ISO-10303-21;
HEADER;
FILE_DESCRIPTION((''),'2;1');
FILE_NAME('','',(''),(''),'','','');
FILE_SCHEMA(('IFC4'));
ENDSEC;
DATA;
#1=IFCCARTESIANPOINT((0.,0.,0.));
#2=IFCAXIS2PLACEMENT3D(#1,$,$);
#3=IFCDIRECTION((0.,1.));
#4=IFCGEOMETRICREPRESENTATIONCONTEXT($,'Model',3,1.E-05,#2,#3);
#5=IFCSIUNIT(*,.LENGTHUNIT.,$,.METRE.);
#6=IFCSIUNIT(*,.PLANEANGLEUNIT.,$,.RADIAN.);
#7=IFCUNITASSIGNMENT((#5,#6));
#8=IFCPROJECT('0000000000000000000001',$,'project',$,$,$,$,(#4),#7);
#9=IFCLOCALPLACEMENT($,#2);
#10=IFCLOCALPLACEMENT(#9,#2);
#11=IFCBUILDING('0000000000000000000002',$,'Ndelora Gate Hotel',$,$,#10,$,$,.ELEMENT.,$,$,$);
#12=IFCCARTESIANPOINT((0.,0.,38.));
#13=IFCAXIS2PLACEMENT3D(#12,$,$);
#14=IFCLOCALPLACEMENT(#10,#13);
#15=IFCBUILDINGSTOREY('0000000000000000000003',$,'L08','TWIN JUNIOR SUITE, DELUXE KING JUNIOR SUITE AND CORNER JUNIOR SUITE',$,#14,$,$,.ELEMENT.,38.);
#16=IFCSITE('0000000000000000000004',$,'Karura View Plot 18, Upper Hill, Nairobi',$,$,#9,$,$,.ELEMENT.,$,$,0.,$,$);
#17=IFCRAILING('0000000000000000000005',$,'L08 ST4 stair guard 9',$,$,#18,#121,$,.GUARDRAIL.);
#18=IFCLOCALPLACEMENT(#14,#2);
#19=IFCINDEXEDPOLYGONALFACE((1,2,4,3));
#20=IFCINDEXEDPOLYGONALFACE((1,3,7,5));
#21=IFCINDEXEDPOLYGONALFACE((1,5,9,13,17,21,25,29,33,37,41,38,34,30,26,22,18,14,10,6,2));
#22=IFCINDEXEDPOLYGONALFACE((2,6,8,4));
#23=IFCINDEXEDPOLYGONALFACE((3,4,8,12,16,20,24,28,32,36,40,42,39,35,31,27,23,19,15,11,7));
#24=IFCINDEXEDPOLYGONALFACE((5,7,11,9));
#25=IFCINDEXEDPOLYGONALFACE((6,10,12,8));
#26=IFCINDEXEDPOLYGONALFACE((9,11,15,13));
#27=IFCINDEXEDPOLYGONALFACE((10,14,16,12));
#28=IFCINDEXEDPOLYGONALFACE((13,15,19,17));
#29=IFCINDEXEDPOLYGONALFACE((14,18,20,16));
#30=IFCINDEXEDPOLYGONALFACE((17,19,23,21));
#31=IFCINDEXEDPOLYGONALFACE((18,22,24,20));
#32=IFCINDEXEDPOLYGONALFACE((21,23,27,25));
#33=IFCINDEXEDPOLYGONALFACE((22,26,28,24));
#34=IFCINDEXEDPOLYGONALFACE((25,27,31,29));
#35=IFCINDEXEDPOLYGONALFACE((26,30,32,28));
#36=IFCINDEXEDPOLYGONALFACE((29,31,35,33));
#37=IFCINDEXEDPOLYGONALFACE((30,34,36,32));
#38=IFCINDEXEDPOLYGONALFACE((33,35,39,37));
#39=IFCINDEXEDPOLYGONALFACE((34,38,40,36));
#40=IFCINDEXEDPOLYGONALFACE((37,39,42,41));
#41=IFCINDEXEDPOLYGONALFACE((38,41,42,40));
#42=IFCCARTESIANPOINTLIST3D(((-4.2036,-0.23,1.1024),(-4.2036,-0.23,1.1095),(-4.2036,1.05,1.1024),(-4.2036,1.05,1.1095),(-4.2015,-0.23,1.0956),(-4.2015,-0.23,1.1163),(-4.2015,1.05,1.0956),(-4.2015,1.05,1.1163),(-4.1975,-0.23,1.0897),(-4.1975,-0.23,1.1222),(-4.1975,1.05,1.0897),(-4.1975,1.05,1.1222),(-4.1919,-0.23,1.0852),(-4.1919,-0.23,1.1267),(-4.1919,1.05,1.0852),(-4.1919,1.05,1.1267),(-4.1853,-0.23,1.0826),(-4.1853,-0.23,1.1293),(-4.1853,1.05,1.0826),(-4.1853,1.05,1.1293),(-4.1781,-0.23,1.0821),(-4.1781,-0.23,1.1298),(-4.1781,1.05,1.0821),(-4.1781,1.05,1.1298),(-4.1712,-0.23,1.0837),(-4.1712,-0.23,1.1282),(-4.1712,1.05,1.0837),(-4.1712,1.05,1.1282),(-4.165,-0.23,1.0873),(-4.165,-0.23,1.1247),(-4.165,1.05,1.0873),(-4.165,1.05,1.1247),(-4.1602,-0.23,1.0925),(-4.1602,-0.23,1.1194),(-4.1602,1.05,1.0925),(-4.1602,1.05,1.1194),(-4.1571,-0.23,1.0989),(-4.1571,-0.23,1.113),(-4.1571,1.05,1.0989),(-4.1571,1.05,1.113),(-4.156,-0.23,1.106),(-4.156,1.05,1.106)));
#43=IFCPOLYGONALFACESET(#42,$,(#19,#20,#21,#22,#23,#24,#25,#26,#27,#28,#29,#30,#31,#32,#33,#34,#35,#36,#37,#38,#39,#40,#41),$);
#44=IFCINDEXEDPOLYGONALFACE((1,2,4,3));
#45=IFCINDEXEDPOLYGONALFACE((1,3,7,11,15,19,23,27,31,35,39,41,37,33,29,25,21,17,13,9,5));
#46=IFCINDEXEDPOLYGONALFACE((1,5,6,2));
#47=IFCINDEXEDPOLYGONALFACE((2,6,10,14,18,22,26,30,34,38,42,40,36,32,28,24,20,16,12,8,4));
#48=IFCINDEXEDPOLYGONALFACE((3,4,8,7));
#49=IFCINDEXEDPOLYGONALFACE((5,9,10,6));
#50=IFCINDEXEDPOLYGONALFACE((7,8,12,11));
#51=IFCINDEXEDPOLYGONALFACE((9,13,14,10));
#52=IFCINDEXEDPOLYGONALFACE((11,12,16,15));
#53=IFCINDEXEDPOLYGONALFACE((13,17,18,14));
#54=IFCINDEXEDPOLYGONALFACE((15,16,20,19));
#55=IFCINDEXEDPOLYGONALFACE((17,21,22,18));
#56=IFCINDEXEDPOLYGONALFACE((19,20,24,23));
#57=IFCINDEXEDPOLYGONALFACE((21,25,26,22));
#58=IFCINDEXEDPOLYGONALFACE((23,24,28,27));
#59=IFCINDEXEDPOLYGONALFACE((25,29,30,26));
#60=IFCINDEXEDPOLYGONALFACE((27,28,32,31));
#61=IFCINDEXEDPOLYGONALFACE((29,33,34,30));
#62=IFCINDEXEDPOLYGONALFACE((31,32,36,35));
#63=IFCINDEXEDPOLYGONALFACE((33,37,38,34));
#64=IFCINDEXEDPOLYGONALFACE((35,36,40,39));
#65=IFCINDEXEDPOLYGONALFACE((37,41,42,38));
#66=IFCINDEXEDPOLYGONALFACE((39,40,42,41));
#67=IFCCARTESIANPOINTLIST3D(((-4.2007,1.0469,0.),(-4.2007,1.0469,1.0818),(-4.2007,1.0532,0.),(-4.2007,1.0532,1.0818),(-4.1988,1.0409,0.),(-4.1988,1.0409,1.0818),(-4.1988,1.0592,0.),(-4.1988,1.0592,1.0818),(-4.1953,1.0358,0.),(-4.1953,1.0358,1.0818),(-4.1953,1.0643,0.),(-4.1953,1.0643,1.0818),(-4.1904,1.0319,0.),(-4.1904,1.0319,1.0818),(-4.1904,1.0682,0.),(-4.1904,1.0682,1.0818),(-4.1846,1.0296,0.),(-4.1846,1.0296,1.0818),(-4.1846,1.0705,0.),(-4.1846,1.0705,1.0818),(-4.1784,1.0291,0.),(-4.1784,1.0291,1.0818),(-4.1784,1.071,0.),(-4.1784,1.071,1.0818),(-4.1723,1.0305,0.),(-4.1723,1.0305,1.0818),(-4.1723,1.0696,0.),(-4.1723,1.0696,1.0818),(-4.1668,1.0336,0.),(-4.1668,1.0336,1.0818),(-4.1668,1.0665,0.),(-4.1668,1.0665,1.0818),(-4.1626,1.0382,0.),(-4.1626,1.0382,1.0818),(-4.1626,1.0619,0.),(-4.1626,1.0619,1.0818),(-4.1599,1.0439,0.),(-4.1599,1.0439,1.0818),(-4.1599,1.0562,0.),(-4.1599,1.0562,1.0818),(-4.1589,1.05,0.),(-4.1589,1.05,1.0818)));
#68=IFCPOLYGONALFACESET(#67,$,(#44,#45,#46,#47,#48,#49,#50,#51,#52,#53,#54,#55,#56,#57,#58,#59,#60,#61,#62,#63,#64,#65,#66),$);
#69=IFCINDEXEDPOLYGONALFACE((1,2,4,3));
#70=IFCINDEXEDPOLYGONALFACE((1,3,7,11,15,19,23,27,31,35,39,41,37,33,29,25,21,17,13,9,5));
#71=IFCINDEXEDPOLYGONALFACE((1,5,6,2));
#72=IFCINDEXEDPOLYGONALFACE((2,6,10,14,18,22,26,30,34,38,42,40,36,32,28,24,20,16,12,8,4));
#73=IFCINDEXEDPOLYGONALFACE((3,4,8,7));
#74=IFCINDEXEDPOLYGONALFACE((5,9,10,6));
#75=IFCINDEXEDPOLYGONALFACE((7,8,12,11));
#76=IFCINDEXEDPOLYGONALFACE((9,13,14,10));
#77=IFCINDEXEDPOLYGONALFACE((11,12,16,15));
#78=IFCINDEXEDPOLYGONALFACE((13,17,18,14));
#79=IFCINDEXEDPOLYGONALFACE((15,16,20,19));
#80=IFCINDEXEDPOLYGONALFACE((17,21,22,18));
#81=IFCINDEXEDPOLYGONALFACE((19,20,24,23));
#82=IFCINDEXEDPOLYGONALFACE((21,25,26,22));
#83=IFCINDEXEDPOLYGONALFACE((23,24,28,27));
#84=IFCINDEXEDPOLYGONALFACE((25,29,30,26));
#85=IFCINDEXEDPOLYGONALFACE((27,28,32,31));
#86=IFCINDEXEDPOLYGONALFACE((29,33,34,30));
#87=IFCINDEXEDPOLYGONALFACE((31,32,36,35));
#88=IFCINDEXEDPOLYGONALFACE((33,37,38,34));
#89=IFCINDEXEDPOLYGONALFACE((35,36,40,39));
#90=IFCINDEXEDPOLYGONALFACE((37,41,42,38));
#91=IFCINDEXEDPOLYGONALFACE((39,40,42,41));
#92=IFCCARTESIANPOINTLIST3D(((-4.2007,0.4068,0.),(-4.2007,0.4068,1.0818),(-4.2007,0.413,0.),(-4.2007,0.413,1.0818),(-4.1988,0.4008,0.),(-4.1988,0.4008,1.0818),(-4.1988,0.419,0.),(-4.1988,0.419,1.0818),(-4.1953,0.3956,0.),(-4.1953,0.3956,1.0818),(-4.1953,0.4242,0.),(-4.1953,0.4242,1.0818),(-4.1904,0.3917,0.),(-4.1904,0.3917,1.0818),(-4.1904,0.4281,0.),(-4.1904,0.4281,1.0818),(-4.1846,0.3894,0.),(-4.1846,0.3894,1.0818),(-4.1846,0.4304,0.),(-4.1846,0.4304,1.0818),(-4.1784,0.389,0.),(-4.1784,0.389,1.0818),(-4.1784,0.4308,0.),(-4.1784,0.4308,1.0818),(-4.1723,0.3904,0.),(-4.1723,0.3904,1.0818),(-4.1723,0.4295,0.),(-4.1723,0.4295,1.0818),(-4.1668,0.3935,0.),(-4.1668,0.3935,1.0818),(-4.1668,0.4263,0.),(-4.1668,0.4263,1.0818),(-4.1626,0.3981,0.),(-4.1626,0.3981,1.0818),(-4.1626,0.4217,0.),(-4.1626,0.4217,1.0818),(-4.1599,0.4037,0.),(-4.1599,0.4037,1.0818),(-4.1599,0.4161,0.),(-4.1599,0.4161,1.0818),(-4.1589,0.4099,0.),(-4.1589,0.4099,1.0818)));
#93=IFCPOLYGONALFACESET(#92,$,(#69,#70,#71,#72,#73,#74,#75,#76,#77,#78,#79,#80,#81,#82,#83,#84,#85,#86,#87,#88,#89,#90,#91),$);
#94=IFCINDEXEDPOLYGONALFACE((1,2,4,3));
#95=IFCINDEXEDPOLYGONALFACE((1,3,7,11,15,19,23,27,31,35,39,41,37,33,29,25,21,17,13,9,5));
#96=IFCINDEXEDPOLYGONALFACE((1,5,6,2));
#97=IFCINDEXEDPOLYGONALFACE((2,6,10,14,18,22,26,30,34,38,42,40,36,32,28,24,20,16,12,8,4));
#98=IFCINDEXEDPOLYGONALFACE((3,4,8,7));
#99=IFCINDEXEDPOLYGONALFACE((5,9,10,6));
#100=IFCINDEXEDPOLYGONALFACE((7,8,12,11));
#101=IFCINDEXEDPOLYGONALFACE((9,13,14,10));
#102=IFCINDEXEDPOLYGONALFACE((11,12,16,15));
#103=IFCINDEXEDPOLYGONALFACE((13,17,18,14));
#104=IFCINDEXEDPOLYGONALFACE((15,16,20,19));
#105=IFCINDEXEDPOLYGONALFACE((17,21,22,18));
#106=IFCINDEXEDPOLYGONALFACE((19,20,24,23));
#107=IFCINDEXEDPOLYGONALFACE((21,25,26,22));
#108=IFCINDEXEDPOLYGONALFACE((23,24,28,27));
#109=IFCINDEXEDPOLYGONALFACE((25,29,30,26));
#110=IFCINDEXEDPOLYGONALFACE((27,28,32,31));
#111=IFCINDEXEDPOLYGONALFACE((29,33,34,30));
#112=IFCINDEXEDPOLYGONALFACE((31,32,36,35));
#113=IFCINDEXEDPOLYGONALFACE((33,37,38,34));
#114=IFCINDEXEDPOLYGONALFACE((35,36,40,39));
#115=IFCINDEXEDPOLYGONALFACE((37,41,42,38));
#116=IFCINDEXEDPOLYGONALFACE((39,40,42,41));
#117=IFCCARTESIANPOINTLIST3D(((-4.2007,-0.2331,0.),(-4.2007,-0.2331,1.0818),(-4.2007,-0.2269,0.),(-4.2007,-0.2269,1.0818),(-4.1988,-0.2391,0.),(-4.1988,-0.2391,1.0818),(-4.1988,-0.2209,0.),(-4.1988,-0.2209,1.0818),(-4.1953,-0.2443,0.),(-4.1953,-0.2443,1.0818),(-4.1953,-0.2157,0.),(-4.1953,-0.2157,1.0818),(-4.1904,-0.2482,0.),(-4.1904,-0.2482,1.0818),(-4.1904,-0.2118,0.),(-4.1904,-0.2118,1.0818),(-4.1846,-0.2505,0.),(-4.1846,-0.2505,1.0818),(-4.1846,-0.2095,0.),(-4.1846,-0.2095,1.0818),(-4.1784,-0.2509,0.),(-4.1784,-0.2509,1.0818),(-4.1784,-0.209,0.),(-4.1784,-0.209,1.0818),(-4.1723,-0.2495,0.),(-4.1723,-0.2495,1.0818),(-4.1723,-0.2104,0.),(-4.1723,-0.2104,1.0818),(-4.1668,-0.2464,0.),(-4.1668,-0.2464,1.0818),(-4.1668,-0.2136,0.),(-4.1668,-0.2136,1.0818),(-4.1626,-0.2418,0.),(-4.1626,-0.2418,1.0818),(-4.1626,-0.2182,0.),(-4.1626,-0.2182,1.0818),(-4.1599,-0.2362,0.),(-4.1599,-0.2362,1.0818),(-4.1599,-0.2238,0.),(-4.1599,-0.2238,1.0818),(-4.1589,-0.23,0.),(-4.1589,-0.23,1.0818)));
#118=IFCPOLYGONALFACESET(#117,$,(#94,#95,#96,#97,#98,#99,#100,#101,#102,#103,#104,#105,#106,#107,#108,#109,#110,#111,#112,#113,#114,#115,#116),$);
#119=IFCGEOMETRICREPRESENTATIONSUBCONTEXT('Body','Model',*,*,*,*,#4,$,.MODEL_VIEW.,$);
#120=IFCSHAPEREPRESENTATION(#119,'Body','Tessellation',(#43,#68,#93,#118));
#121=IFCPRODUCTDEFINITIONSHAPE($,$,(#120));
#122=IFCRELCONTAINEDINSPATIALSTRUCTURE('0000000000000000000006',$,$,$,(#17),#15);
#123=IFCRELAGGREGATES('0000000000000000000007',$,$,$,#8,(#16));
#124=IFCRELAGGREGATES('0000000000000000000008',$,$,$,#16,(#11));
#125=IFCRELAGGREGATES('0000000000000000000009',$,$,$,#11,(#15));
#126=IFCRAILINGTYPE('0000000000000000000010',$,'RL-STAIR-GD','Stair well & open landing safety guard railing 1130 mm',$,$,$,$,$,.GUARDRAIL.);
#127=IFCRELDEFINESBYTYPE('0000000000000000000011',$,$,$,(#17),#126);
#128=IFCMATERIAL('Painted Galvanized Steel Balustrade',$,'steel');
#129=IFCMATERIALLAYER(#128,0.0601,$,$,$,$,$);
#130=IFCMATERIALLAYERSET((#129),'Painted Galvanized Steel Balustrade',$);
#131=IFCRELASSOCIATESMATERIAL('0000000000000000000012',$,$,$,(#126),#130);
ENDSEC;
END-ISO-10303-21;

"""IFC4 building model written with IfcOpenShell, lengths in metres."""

from ifc_helpers import new_model, si_unit, direction, frame, origin, origin_2d, place, context, subcontext, project, spatial, circle, extrude, material, layer, layer_set, type_object, element, save


model = new_model("IFC4")

# Units and contexts
model_context = context("Model", 3, precision=1e-05, world=origin(), true_north=direction((0.0, 1.0)))
body_context = subcontext(model_context, "Body", "Model", "MODEL_VIEW")
ifc_project = project(units=[si_unit("LENGTHUNIT", "METRE"), si_unit("PLANEANGLEUNIT", "RADIAN")], contexts=[model_context])

# Site, building, storey
site_placement = place(None, origin())
site = spatial("IfcSite", under=ifc_project, at=site_placement, Name="Karura View Plot 18, Upper Hill, Nairobi", CompositionType="ELEMENT", RefElevation=0.0)
building_placement = place(site_placement, origin())
building = spatial("IfcBuilding", under=site, at=building_placement, Name="Ndelora Gate Hotel", CompositionType="ELEMENT")
storey_placement = place(building_placement, frame((0.0, 0.0, 38.0)))
storey = spatial("IfcBuildingStorey", under=building, at=storey_placement, Name="L08", Description="TWIN JUNIOR SUITE, DELUXE KING JUNIOR SUITE AND CORNER JUNIOR SUITE", CompositionType="ELEMENT", Elevation=38.0)

# Railing
ifc_material_1 = material(Name="Painted Galvanized Steel Balustrade", Category="steel")
ifc_layer_1 = layer(ifc_material_1, 0.0601)
ifc_layer_set_1 = layer_set([ifc_layer_1], Name="Painted Galvanized Steel Balustrade")
railing_type = type_object("IfcRailingType", Name="RL-STAIR-GD", Description="Stair well & open landing safety guard railing 1130 mm", PredefinedType="GUARDRAIL", material=ifc_layer_set_1)
for number, where, name in (
    (1, (-4.1799, 1.05, 0.0), "L08 ST4 stair guard 9"),
):
    element("IfcRailing", number, at=place(storey_placement, frame(where)), inside=storey, type_object=railing_type, Name=name, PredefinedType="GUARDRAIL", context=body_context, shape_type="SweptSolid", body=[
        extrude(circle(Radius=0.0239, at=origin_2d()), frame((0.0, 0.0, 1.106), z_axis=(0.0, -1.0, 0.0), x_axis=(1.0, 0.0, 0.0)), (0.0, 0.0, 1.0), 1.28),
        extrude(circle(Radius=0.021, at=origin_2d()), origin(), (0.0, 0.0, 1.0), 1.0818),
        extrude(circle(Radius=0.021, at=origin_2d()), frame((0.0, -0.6401, 0.0)), (0.0, 0.0, 1.0), 1.0818),
        extrude(circle(Radius=0.021, at=origin_2d()), frame((0.0, -1.28, 0.0)), (0.0, 0.0, 1.0), 1.0818),
    ])

save(model, "model.ifc")
